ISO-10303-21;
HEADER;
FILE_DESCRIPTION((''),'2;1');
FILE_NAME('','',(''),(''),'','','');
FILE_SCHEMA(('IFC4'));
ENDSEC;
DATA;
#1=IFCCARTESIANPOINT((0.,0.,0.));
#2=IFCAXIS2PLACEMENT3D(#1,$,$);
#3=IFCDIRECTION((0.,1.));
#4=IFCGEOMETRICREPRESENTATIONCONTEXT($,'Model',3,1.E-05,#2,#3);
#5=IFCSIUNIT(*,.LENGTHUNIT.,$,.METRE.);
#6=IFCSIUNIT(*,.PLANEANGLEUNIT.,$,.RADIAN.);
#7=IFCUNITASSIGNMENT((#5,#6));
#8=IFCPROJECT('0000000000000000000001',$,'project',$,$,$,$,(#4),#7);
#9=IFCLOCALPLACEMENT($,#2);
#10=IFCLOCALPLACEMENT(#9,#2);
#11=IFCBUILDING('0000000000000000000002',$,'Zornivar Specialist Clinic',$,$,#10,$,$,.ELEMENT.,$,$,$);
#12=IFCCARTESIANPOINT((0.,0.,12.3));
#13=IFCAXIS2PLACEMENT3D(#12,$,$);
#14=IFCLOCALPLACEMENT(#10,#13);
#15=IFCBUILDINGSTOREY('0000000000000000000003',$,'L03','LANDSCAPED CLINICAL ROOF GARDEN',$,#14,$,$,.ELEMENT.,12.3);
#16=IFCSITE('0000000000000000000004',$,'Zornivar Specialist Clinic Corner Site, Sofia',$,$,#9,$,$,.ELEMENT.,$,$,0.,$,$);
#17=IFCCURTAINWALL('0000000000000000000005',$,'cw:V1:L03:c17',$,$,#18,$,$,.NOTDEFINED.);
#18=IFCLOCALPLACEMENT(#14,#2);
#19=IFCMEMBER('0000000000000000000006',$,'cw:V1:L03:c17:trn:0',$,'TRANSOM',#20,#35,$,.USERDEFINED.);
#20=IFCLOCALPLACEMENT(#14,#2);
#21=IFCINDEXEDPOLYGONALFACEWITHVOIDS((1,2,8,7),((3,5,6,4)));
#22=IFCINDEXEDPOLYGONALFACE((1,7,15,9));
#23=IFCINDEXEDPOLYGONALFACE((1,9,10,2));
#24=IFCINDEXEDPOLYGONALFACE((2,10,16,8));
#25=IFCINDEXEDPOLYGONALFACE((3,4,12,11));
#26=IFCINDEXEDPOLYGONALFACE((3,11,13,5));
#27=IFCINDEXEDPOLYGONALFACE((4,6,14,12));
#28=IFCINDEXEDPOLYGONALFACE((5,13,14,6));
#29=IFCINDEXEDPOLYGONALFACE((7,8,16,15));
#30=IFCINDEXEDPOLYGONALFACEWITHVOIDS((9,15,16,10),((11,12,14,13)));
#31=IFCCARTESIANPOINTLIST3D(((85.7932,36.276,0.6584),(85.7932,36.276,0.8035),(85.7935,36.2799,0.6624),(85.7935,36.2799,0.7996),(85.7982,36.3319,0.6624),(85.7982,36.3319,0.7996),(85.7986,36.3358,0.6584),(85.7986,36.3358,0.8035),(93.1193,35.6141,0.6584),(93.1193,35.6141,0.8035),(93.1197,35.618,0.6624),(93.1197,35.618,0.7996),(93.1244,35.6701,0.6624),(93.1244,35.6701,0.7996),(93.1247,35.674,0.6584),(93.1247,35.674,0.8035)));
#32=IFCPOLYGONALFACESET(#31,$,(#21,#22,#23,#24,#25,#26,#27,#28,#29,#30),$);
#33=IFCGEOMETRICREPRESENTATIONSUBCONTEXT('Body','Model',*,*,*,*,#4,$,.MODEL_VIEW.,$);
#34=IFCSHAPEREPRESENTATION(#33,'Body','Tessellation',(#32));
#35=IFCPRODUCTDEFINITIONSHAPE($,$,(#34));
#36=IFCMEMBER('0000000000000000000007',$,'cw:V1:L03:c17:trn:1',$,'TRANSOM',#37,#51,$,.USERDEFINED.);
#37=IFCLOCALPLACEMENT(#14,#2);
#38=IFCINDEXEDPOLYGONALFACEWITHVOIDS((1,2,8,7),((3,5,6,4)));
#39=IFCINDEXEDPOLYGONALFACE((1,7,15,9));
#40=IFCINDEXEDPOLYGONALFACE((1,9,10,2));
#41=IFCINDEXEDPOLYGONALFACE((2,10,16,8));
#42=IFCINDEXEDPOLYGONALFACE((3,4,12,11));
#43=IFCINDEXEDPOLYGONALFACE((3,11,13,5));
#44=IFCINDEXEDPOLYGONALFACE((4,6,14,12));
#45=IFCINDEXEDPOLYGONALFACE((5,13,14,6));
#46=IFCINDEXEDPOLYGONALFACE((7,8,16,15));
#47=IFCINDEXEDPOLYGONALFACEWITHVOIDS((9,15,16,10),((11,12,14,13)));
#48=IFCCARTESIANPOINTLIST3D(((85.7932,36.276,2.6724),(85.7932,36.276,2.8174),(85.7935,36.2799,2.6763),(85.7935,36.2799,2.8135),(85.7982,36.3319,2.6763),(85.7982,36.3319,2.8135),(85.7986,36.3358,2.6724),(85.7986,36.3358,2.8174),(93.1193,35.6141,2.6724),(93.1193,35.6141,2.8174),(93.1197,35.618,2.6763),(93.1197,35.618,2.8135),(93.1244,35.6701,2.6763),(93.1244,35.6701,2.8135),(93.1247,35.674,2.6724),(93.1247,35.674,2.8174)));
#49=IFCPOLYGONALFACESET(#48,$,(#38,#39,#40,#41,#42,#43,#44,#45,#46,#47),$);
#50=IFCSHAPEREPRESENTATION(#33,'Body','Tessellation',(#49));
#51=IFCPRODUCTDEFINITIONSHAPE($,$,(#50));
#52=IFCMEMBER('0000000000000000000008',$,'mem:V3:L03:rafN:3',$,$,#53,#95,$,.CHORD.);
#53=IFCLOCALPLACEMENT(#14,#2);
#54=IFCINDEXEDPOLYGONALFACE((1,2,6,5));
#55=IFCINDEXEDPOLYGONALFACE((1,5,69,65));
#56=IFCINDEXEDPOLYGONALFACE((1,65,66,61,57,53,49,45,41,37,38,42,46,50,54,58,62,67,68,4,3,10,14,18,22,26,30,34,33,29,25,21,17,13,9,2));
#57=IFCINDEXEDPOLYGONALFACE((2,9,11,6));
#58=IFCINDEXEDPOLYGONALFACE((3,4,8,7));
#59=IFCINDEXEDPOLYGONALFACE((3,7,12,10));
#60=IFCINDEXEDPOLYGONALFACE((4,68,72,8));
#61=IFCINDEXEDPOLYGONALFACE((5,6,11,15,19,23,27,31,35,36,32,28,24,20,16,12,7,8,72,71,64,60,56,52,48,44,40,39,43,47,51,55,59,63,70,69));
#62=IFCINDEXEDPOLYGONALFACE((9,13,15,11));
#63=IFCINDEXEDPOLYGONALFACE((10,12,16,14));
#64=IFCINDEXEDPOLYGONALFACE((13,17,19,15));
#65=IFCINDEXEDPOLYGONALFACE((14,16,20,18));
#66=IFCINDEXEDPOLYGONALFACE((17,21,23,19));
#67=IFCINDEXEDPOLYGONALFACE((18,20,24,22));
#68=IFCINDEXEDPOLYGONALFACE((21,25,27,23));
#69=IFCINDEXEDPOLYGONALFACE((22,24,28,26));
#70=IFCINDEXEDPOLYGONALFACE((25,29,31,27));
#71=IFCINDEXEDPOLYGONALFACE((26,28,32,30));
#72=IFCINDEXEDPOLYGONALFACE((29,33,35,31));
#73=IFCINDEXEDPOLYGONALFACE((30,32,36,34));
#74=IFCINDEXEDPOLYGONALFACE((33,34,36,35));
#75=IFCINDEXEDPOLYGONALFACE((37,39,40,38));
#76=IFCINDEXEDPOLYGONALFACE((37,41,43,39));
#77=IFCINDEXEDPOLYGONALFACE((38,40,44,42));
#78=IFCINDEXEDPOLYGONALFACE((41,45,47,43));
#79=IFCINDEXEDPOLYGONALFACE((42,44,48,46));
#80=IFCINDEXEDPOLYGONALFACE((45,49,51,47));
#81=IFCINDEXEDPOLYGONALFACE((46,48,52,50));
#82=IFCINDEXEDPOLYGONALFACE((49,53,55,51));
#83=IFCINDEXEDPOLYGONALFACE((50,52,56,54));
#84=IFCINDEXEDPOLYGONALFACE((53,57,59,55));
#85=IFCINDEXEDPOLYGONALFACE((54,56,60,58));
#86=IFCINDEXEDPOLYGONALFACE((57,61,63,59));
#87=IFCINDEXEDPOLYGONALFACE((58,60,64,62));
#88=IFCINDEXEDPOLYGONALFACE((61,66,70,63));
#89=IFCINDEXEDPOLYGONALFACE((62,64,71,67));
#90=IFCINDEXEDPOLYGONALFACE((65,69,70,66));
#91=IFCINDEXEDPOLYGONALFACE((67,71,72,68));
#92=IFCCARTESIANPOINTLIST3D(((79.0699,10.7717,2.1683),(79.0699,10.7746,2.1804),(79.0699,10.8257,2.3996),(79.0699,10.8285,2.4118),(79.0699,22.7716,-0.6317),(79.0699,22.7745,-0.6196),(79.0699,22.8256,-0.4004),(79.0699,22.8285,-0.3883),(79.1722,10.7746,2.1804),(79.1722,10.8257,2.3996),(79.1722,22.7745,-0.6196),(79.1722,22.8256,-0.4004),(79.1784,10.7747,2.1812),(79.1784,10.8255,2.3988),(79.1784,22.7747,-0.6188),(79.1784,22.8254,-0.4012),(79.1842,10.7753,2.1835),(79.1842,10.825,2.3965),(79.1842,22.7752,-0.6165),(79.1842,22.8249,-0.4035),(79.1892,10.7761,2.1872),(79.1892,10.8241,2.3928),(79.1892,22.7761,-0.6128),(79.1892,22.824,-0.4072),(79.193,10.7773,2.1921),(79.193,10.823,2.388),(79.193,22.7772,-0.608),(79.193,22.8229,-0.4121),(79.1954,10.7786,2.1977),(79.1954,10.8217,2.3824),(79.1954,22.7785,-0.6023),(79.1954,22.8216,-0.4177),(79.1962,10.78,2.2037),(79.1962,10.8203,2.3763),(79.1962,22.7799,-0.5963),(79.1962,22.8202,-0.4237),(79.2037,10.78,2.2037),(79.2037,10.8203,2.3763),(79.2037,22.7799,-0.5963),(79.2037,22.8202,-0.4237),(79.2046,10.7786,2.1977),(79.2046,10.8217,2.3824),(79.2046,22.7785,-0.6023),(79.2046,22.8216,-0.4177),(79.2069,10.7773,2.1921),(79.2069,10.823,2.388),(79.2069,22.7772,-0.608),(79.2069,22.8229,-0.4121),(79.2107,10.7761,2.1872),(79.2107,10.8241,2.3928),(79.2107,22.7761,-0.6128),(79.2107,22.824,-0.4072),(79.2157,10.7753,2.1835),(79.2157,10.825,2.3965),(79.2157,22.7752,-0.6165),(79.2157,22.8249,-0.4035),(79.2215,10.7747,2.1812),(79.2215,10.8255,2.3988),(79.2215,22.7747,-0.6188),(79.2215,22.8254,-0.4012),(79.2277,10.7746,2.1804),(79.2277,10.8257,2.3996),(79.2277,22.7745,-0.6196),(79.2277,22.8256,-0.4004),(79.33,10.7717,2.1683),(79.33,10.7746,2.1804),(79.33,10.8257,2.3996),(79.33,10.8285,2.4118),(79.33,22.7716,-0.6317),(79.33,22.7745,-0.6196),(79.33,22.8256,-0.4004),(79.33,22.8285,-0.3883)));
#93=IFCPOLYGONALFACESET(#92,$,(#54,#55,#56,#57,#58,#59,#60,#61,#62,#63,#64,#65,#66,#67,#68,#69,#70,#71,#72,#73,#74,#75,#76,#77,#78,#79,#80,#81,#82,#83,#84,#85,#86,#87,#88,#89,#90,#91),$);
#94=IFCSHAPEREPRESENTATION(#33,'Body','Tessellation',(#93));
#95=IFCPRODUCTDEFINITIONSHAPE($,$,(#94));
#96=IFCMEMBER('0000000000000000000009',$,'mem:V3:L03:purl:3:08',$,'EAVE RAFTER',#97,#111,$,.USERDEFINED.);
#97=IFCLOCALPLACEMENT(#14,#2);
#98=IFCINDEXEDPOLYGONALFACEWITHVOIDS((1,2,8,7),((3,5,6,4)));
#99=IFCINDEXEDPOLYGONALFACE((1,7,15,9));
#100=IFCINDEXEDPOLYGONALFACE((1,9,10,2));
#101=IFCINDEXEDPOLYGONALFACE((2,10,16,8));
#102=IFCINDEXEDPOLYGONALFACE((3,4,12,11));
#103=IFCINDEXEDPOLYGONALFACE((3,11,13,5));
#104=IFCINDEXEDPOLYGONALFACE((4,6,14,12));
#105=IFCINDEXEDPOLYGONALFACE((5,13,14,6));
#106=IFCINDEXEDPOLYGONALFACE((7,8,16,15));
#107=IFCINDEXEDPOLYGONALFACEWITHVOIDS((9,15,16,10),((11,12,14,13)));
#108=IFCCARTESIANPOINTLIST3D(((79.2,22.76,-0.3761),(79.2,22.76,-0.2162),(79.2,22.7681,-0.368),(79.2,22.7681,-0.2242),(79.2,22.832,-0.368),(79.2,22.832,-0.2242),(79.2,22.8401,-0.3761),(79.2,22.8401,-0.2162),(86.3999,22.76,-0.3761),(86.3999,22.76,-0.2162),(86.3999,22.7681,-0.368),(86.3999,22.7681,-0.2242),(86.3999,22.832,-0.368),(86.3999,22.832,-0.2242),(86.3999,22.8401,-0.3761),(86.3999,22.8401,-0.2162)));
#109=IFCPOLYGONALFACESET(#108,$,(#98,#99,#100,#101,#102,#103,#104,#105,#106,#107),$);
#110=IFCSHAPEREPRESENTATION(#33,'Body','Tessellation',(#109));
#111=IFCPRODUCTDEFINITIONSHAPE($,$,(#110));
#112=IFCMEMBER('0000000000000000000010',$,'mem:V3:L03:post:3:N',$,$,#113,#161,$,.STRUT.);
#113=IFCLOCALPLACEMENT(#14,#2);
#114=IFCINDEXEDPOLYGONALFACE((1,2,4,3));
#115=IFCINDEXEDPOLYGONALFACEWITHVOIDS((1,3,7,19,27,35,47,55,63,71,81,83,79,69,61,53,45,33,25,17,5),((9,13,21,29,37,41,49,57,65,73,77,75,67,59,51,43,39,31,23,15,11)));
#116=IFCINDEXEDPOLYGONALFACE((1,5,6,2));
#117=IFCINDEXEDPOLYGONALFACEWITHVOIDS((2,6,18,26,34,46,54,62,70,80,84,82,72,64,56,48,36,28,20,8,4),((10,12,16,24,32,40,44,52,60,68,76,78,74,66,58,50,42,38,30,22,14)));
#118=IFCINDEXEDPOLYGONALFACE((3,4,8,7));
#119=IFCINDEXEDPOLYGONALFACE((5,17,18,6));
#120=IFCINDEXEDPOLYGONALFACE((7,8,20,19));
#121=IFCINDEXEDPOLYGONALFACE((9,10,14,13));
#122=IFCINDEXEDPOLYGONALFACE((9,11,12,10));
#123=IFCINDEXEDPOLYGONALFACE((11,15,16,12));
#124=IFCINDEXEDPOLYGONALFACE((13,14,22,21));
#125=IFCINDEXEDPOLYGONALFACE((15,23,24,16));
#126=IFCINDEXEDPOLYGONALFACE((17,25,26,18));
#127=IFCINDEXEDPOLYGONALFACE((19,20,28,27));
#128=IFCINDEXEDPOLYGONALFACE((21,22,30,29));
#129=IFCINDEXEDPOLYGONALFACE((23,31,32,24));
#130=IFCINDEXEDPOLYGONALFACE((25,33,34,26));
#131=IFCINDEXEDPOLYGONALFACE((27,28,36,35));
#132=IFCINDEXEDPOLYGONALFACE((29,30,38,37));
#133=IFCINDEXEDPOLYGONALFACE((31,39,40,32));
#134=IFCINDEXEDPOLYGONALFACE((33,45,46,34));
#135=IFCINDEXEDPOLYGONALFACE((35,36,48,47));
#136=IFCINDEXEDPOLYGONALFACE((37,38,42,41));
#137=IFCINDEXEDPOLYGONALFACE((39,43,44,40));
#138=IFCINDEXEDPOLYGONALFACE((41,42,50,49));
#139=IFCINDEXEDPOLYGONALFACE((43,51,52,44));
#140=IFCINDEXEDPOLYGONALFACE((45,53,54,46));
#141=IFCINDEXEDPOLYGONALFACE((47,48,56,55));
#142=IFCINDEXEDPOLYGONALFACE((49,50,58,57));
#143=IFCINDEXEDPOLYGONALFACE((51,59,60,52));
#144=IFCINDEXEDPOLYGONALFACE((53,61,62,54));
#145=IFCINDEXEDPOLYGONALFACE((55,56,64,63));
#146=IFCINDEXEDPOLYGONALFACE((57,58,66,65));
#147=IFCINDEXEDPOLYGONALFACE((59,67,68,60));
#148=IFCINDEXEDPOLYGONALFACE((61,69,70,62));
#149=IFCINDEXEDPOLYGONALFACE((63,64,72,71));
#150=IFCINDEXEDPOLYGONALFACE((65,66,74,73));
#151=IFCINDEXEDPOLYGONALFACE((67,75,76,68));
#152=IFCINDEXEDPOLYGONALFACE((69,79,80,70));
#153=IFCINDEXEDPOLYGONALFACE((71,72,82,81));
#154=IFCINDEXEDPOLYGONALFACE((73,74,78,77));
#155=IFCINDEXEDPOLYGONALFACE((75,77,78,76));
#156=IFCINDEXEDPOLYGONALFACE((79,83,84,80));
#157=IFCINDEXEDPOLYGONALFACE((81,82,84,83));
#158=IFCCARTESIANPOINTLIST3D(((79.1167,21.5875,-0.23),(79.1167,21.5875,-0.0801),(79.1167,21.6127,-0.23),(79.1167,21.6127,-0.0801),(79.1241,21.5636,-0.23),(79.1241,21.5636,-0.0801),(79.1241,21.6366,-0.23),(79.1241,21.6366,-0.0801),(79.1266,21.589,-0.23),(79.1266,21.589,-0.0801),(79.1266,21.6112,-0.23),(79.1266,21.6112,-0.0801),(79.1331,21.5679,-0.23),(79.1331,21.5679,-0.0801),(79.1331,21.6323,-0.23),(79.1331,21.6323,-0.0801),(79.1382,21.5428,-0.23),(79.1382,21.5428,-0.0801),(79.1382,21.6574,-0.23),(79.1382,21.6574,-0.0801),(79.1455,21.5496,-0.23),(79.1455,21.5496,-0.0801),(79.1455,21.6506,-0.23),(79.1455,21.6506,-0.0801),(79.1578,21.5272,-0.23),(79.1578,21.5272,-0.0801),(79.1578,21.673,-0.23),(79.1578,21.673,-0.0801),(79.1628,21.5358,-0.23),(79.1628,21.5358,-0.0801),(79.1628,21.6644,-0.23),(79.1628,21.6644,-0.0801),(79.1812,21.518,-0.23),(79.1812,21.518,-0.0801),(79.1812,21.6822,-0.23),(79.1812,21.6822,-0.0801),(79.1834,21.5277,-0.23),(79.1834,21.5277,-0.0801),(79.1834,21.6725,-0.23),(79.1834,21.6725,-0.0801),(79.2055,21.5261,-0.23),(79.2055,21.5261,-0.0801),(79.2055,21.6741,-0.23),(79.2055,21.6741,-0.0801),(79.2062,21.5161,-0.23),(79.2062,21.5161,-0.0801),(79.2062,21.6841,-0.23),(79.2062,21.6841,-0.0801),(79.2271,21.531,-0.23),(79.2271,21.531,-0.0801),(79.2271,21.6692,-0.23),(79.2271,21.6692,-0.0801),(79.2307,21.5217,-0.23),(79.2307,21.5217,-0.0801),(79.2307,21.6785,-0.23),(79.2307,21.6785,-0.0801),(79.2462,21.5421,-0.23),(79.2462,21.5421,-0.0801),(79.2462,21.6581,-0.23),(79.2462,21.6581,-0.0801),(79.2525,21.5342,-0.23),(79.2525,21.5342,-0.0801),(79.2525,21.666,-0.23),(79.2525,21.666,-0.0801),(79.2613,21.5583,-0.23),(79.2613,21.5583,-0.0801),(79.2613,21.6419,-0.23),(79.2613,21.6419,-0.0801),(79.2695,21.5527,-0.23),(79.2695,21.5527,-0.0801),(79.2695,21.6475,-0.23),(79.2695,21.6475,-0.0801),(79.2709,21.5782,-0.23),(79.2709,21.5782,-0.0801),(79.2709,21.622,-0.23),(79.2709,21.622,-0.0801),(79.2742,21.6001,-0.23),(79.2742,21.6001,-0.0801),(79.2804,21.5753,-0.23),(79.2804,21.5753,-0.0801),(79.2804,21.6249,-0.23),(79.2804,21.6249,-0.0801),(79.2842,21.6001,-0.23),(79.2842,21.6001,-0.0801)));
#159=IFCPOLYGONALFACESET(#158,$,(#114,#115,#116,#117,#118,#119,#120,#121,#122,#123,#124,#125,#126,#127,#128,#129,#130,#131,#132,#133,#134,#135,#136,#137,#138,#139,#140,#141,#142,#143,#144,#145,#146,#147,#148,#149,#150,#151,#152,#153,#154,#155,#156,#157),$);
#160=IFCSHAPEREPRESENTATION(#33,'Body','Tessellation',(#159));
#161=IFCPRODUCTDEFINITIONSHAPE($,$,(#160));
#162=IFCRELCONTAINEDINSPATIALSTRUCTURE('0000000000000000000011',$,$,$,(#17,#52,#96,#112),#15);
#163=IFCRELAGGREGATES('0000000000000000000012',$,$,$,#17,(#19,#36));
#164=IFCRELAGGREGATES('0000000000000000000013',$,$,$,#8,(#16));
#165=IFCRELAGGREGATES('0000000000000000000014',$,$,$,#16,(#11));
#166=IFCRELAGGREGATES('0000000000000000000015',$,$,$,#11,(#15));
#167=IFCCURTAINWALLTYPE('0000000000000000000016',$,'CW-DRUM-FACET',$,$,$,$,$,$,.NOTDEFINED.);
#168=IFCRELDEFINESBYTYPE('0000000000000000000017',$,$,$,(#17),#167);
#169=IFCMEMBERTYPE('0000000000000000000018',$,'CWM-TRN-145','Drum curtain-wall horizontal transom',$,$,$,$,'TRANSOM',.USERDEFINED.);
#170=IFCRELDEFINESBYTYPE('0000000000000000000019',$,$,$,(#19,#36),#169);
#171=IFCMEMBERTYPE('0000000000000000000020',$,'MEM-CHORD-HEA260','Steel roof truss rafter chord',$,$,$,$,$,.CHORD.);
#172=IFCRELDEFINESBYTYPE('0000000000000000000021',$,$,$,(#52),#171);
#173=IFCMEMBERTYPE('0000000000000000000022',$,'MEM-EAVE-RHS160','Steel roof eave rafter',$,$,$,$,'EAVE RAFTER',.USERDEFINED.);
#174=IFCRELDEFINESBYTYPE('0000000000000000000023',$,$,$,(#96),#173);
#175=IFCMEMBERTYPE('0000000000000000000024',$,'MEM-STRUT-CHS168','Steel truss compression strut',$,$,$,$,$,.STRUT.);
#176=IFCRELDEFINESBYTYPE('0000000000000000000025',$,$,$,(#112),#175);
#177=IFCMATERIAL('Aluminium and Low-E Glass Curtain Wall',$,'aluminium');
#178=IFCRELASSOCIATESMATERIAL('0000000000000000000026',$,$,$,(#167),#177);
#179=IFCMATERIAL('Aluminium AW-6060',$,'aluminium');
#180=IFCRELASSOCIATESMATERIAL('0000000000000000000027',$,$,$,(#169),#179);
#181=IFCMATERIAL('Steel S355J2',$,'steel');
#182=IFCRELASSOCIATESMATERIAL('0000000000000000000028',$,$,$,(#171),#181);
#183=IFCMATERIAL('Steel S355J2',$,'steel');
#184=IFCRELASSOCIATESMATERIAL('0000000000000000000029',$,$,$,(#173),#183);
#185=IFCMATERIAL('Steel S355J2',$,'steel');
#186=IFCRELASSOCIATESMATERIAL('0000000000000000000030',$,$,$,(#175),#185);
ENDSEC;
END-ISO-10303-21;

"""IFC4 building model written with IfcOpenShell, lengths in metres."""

from ifc_helpers import new_model, si_unit, direction, frame, origin, origin_2d, place, context, subcontext, project, spatial, hollow_rectangle, hollow_circle, i_section, extrude, material, material_profile, profile_set, type_object, element, aggregate, save


model = new_model("IFC4")

# Units and contexts
model_context = context("Model", 3, precision=1e-05, world=origin(), true_north=direction((0.0, 1.0)))
body_context = subcontext(model_context, "Body", "Model", "MODEL_VIEW")
ifc_project = project(units=[si_unit("LENGTHUNIT", "METRE"), si_unit("PLANEANGLEUNIT", "RADIAN")], contexts=[model_context])

# Site, building, storey
site_placement = place(None, origin())
site = spatial("IfcSite", under=ifc_project, at=site_placement, Name="Zornivar Specialist Clinic Corner Site, Sofia", CompositionType="ELEMENT", RefElevation=0.0)
building_placement = place(site_placement, origin())
building = spatial("IfcBuilding", under=site, at=building_placement, Name="Zornivar Specialist Clinic", CompositionType="ELEMENT")
storey_placement = place(building_placement, frame((0.0, 0.0, 12.3)))
storey = spatial("IfcBuildingStorey", under=building, at=storey_placement, Name="L03", Description="LANDSCAPED CLINICAL ROOF GARDEN", CompositionType="ELEMENT", Elevation=12.3)

# Curtain wall, members
ifc_material_1 = material(Name="Aluminium and Low-E Glass Curtain Wall", Category="aluminium")
curtain_wall_type = type_object("IfcCurtainWallType", Name="CW-DRUM-FACET", PredefinedType="NOTDEFINED", material=ifc_material_1)
curtain_wall_1_placement = place(storey_placement, origin())
curtain_wall_1 = element("IfcCurtainWall", 1, at=curtain_wall_1_placement, inside=storey, type_object=curtain_wall_type, Name="cw:V1:L03:c17", PredefinedType="NOTDEFINED")
ifc_material_2 = material(Name="Aluminium AW-6060", Category="aluminium")
ifc_material_profile_1 = material_profile(ifc_material_2, hollow_rectangle(XDim=0.0601, YDim=0.145, WallThickness=0.0039, at=origin_2d()), Name="ALU 60x145x4")
ifc_profile_set_1 = profile_set([ifc_material_profile_1], Name="Aluminium AW-6060")
member_type_1 = type_object("IfcMemberType", Name="CWM-TRN-145", Description="Drum curtain-wall horizontal transom", ElementType="TRANSOM", PredefinedType="USERDEFINED", material=ifc_profile_set_1)
member_1_placement = place(storey_placement, frame((85.7959, 36.3059, 0.731), z_axis=(0.995944, -0.089976, 0.0), x_axis=(0.089976, 0.995944, 0.0)))
member_1 = element("IfcMember", 2, at=member_1_placement, type_object=member_type_1, Name="cw:V1:L03:c17:trn:0", ObjectType="TRANSOM", PredefinedType="USERDEFINED", context=body_context, shape_type="SweptSolid", body=[
    extrude(hollow_rectangle(XDim=0.0601, YDim=0.145, WallThickness=0.0039, at=origin_2d()), origin(), (0.0, 0.0, 1.0), 7.356),
])
member_2_placement = place(storey_placement, frame((85.7959, 36.3059, 2.7449), z_axis=(0.995944, -0.089976, 0.0), x_axis=(0.089976, 0.995944, 0.0)))
member_2 = element("IfcMember", 3, at=member_2_placement, type_object=member_type_1, Name="cw:V1:L03:c17:trn:1", ObjectType="TRANSOM", PredefinedType="USERDEFINED", context=body_context, shape_type="SweptSolid", body=[
    extrude(hollow_rectangle(XDim=0.0601, YDim=0.145, WallThickness=0.0039, at=origin_2d()), origin(), (0.0, 0.0, 1.0), 7.356),
])
aggregate(curtain_wall_1, [member_1, member_2])

# Members
ifc_material_3 = material(Name="Steel S355J2", Category="steel")
ifc_material_profile_2 = material_profile(ifc_material_3, i_section(OverallWidth=0.26, OverallDepth=0.25, WebThickness=0.0076, FlangeThickness=0.0125, FilletRadius=0.0239, at=origin_2d()), Name="HEA 260")
ifc_profile_set_2 = profile_set([ifc_material_profile_2], Name="Steel S355J2")
member_type_2 = type_object("IfcMemberType", Name="MEM-CHORD-HEA260", Description="Steel roof truss rafter chord", PredefinedType="CHORD", material=ifc_profile_set_2)
member_3_placement = place(storey_placement, frame((79.2, 22.8, -0.51), z_axis=(0.0, -0.97384, 0.227233), x_axis=(1.0, 0.0, 0.0)))
element("IfcMember", 4, at=member_3_placement, inside=storey, type_object=member_type_2, Name="mem:V3:L03:rafN:3", PredefinedType="CHORD", context=body_context, shape_type="SweptSolid", body=[
    extrude(i_section(OverallWidth=0.26, OverallDepth=0.25, WebThickness=0.0076, FlangeThickness=0.0125, FilletRadius=0.0239, at=origin_2d()), origin(), (0.0, 0.0, 1.0), 12.3223),
])
ifc_material_4 = material(Name="Steel S355J2", Category="steel")
ifc_material_profile_3 = material_profile(ifc_material_4, hollow_rectangle(XDim=0.0801, YDim=0.1599, WallThickness=0.0081, at=origin_2d()), Name="RHS 160x80x8")
ifc_profile_set_3 = profile_set([ifc_material_profile_3], Name="Steel S355J2")
member_type_3 = type_object("IfcMemberType", Name="MEM-EAVE-RHS160", Description="Steel roof eave rafter", ElementType="EAVE RAFTER", PredefinedType="USERDEFINED", material=ifc_profile_set_3)
member_4_placement = place(storey_placement, frame((79.2, 22.8, -0.2961), z_axis=(1.0, 0.0, 0.0), x_axis=(0.0, 1.0, 0.0)))
element("IfcMember", 5, at=member_4_placement, inside=storey, type_object=member_type_3, Name="mem:V3:L03:purl:3:08", ObjectType="EAVE RAFTER", PredefinedType="USERDEFINED", context=body_context, shape_type="SweptSolid", body=[
    extrude(hollow_rectangle(XDim=0.0801, YDim=0.1599, WallThickness=0.0081, at=origin_2d()), origin(), (0.0, 0.0, 1.0), 7.2),
])
ifc_material_5 = material(Name="Steel S355J2", Category="steel")
ifc_material_profile_4 = material_profile(ifc_material_5, hollow_circle(Radius=0.0842, WallThickness=0.01, at=origin_2d()), Name="CHS 168.3x10")
ifc_profile_set_4 = profile_set([ifc_material_profile_4], Name="Steel S355J2")
member_type_4 = type_object("IfcMemberType", Name="MEM-STRUT-CHS168", Description="Steel truss compression strut", PredefinedType="STRUT", material=ifc_profile_set_4)
member_5_placement = place(storey_placement, frame((79.2, 21.6001, -0.0801), z_axis=(0.0, 0.0, -1.0), x_axis=(1.0, 0.0, 0.0)))
element("IfcMember", 6, at=member_5_placement, inside=storey, type_object=member_type_4, Name="mem:V3:L03:post:3:N", PredefinedType="STRUT", context=body_context, shape_type="SweptSolid", body=[
    extrude(hollow_circle(Radius=0.0842, WallThickness=0.01, at=origin_2d()), origin(), (0.0, 0.0, 1.0), 0.1499),
])

save(model, "model.ifc")
